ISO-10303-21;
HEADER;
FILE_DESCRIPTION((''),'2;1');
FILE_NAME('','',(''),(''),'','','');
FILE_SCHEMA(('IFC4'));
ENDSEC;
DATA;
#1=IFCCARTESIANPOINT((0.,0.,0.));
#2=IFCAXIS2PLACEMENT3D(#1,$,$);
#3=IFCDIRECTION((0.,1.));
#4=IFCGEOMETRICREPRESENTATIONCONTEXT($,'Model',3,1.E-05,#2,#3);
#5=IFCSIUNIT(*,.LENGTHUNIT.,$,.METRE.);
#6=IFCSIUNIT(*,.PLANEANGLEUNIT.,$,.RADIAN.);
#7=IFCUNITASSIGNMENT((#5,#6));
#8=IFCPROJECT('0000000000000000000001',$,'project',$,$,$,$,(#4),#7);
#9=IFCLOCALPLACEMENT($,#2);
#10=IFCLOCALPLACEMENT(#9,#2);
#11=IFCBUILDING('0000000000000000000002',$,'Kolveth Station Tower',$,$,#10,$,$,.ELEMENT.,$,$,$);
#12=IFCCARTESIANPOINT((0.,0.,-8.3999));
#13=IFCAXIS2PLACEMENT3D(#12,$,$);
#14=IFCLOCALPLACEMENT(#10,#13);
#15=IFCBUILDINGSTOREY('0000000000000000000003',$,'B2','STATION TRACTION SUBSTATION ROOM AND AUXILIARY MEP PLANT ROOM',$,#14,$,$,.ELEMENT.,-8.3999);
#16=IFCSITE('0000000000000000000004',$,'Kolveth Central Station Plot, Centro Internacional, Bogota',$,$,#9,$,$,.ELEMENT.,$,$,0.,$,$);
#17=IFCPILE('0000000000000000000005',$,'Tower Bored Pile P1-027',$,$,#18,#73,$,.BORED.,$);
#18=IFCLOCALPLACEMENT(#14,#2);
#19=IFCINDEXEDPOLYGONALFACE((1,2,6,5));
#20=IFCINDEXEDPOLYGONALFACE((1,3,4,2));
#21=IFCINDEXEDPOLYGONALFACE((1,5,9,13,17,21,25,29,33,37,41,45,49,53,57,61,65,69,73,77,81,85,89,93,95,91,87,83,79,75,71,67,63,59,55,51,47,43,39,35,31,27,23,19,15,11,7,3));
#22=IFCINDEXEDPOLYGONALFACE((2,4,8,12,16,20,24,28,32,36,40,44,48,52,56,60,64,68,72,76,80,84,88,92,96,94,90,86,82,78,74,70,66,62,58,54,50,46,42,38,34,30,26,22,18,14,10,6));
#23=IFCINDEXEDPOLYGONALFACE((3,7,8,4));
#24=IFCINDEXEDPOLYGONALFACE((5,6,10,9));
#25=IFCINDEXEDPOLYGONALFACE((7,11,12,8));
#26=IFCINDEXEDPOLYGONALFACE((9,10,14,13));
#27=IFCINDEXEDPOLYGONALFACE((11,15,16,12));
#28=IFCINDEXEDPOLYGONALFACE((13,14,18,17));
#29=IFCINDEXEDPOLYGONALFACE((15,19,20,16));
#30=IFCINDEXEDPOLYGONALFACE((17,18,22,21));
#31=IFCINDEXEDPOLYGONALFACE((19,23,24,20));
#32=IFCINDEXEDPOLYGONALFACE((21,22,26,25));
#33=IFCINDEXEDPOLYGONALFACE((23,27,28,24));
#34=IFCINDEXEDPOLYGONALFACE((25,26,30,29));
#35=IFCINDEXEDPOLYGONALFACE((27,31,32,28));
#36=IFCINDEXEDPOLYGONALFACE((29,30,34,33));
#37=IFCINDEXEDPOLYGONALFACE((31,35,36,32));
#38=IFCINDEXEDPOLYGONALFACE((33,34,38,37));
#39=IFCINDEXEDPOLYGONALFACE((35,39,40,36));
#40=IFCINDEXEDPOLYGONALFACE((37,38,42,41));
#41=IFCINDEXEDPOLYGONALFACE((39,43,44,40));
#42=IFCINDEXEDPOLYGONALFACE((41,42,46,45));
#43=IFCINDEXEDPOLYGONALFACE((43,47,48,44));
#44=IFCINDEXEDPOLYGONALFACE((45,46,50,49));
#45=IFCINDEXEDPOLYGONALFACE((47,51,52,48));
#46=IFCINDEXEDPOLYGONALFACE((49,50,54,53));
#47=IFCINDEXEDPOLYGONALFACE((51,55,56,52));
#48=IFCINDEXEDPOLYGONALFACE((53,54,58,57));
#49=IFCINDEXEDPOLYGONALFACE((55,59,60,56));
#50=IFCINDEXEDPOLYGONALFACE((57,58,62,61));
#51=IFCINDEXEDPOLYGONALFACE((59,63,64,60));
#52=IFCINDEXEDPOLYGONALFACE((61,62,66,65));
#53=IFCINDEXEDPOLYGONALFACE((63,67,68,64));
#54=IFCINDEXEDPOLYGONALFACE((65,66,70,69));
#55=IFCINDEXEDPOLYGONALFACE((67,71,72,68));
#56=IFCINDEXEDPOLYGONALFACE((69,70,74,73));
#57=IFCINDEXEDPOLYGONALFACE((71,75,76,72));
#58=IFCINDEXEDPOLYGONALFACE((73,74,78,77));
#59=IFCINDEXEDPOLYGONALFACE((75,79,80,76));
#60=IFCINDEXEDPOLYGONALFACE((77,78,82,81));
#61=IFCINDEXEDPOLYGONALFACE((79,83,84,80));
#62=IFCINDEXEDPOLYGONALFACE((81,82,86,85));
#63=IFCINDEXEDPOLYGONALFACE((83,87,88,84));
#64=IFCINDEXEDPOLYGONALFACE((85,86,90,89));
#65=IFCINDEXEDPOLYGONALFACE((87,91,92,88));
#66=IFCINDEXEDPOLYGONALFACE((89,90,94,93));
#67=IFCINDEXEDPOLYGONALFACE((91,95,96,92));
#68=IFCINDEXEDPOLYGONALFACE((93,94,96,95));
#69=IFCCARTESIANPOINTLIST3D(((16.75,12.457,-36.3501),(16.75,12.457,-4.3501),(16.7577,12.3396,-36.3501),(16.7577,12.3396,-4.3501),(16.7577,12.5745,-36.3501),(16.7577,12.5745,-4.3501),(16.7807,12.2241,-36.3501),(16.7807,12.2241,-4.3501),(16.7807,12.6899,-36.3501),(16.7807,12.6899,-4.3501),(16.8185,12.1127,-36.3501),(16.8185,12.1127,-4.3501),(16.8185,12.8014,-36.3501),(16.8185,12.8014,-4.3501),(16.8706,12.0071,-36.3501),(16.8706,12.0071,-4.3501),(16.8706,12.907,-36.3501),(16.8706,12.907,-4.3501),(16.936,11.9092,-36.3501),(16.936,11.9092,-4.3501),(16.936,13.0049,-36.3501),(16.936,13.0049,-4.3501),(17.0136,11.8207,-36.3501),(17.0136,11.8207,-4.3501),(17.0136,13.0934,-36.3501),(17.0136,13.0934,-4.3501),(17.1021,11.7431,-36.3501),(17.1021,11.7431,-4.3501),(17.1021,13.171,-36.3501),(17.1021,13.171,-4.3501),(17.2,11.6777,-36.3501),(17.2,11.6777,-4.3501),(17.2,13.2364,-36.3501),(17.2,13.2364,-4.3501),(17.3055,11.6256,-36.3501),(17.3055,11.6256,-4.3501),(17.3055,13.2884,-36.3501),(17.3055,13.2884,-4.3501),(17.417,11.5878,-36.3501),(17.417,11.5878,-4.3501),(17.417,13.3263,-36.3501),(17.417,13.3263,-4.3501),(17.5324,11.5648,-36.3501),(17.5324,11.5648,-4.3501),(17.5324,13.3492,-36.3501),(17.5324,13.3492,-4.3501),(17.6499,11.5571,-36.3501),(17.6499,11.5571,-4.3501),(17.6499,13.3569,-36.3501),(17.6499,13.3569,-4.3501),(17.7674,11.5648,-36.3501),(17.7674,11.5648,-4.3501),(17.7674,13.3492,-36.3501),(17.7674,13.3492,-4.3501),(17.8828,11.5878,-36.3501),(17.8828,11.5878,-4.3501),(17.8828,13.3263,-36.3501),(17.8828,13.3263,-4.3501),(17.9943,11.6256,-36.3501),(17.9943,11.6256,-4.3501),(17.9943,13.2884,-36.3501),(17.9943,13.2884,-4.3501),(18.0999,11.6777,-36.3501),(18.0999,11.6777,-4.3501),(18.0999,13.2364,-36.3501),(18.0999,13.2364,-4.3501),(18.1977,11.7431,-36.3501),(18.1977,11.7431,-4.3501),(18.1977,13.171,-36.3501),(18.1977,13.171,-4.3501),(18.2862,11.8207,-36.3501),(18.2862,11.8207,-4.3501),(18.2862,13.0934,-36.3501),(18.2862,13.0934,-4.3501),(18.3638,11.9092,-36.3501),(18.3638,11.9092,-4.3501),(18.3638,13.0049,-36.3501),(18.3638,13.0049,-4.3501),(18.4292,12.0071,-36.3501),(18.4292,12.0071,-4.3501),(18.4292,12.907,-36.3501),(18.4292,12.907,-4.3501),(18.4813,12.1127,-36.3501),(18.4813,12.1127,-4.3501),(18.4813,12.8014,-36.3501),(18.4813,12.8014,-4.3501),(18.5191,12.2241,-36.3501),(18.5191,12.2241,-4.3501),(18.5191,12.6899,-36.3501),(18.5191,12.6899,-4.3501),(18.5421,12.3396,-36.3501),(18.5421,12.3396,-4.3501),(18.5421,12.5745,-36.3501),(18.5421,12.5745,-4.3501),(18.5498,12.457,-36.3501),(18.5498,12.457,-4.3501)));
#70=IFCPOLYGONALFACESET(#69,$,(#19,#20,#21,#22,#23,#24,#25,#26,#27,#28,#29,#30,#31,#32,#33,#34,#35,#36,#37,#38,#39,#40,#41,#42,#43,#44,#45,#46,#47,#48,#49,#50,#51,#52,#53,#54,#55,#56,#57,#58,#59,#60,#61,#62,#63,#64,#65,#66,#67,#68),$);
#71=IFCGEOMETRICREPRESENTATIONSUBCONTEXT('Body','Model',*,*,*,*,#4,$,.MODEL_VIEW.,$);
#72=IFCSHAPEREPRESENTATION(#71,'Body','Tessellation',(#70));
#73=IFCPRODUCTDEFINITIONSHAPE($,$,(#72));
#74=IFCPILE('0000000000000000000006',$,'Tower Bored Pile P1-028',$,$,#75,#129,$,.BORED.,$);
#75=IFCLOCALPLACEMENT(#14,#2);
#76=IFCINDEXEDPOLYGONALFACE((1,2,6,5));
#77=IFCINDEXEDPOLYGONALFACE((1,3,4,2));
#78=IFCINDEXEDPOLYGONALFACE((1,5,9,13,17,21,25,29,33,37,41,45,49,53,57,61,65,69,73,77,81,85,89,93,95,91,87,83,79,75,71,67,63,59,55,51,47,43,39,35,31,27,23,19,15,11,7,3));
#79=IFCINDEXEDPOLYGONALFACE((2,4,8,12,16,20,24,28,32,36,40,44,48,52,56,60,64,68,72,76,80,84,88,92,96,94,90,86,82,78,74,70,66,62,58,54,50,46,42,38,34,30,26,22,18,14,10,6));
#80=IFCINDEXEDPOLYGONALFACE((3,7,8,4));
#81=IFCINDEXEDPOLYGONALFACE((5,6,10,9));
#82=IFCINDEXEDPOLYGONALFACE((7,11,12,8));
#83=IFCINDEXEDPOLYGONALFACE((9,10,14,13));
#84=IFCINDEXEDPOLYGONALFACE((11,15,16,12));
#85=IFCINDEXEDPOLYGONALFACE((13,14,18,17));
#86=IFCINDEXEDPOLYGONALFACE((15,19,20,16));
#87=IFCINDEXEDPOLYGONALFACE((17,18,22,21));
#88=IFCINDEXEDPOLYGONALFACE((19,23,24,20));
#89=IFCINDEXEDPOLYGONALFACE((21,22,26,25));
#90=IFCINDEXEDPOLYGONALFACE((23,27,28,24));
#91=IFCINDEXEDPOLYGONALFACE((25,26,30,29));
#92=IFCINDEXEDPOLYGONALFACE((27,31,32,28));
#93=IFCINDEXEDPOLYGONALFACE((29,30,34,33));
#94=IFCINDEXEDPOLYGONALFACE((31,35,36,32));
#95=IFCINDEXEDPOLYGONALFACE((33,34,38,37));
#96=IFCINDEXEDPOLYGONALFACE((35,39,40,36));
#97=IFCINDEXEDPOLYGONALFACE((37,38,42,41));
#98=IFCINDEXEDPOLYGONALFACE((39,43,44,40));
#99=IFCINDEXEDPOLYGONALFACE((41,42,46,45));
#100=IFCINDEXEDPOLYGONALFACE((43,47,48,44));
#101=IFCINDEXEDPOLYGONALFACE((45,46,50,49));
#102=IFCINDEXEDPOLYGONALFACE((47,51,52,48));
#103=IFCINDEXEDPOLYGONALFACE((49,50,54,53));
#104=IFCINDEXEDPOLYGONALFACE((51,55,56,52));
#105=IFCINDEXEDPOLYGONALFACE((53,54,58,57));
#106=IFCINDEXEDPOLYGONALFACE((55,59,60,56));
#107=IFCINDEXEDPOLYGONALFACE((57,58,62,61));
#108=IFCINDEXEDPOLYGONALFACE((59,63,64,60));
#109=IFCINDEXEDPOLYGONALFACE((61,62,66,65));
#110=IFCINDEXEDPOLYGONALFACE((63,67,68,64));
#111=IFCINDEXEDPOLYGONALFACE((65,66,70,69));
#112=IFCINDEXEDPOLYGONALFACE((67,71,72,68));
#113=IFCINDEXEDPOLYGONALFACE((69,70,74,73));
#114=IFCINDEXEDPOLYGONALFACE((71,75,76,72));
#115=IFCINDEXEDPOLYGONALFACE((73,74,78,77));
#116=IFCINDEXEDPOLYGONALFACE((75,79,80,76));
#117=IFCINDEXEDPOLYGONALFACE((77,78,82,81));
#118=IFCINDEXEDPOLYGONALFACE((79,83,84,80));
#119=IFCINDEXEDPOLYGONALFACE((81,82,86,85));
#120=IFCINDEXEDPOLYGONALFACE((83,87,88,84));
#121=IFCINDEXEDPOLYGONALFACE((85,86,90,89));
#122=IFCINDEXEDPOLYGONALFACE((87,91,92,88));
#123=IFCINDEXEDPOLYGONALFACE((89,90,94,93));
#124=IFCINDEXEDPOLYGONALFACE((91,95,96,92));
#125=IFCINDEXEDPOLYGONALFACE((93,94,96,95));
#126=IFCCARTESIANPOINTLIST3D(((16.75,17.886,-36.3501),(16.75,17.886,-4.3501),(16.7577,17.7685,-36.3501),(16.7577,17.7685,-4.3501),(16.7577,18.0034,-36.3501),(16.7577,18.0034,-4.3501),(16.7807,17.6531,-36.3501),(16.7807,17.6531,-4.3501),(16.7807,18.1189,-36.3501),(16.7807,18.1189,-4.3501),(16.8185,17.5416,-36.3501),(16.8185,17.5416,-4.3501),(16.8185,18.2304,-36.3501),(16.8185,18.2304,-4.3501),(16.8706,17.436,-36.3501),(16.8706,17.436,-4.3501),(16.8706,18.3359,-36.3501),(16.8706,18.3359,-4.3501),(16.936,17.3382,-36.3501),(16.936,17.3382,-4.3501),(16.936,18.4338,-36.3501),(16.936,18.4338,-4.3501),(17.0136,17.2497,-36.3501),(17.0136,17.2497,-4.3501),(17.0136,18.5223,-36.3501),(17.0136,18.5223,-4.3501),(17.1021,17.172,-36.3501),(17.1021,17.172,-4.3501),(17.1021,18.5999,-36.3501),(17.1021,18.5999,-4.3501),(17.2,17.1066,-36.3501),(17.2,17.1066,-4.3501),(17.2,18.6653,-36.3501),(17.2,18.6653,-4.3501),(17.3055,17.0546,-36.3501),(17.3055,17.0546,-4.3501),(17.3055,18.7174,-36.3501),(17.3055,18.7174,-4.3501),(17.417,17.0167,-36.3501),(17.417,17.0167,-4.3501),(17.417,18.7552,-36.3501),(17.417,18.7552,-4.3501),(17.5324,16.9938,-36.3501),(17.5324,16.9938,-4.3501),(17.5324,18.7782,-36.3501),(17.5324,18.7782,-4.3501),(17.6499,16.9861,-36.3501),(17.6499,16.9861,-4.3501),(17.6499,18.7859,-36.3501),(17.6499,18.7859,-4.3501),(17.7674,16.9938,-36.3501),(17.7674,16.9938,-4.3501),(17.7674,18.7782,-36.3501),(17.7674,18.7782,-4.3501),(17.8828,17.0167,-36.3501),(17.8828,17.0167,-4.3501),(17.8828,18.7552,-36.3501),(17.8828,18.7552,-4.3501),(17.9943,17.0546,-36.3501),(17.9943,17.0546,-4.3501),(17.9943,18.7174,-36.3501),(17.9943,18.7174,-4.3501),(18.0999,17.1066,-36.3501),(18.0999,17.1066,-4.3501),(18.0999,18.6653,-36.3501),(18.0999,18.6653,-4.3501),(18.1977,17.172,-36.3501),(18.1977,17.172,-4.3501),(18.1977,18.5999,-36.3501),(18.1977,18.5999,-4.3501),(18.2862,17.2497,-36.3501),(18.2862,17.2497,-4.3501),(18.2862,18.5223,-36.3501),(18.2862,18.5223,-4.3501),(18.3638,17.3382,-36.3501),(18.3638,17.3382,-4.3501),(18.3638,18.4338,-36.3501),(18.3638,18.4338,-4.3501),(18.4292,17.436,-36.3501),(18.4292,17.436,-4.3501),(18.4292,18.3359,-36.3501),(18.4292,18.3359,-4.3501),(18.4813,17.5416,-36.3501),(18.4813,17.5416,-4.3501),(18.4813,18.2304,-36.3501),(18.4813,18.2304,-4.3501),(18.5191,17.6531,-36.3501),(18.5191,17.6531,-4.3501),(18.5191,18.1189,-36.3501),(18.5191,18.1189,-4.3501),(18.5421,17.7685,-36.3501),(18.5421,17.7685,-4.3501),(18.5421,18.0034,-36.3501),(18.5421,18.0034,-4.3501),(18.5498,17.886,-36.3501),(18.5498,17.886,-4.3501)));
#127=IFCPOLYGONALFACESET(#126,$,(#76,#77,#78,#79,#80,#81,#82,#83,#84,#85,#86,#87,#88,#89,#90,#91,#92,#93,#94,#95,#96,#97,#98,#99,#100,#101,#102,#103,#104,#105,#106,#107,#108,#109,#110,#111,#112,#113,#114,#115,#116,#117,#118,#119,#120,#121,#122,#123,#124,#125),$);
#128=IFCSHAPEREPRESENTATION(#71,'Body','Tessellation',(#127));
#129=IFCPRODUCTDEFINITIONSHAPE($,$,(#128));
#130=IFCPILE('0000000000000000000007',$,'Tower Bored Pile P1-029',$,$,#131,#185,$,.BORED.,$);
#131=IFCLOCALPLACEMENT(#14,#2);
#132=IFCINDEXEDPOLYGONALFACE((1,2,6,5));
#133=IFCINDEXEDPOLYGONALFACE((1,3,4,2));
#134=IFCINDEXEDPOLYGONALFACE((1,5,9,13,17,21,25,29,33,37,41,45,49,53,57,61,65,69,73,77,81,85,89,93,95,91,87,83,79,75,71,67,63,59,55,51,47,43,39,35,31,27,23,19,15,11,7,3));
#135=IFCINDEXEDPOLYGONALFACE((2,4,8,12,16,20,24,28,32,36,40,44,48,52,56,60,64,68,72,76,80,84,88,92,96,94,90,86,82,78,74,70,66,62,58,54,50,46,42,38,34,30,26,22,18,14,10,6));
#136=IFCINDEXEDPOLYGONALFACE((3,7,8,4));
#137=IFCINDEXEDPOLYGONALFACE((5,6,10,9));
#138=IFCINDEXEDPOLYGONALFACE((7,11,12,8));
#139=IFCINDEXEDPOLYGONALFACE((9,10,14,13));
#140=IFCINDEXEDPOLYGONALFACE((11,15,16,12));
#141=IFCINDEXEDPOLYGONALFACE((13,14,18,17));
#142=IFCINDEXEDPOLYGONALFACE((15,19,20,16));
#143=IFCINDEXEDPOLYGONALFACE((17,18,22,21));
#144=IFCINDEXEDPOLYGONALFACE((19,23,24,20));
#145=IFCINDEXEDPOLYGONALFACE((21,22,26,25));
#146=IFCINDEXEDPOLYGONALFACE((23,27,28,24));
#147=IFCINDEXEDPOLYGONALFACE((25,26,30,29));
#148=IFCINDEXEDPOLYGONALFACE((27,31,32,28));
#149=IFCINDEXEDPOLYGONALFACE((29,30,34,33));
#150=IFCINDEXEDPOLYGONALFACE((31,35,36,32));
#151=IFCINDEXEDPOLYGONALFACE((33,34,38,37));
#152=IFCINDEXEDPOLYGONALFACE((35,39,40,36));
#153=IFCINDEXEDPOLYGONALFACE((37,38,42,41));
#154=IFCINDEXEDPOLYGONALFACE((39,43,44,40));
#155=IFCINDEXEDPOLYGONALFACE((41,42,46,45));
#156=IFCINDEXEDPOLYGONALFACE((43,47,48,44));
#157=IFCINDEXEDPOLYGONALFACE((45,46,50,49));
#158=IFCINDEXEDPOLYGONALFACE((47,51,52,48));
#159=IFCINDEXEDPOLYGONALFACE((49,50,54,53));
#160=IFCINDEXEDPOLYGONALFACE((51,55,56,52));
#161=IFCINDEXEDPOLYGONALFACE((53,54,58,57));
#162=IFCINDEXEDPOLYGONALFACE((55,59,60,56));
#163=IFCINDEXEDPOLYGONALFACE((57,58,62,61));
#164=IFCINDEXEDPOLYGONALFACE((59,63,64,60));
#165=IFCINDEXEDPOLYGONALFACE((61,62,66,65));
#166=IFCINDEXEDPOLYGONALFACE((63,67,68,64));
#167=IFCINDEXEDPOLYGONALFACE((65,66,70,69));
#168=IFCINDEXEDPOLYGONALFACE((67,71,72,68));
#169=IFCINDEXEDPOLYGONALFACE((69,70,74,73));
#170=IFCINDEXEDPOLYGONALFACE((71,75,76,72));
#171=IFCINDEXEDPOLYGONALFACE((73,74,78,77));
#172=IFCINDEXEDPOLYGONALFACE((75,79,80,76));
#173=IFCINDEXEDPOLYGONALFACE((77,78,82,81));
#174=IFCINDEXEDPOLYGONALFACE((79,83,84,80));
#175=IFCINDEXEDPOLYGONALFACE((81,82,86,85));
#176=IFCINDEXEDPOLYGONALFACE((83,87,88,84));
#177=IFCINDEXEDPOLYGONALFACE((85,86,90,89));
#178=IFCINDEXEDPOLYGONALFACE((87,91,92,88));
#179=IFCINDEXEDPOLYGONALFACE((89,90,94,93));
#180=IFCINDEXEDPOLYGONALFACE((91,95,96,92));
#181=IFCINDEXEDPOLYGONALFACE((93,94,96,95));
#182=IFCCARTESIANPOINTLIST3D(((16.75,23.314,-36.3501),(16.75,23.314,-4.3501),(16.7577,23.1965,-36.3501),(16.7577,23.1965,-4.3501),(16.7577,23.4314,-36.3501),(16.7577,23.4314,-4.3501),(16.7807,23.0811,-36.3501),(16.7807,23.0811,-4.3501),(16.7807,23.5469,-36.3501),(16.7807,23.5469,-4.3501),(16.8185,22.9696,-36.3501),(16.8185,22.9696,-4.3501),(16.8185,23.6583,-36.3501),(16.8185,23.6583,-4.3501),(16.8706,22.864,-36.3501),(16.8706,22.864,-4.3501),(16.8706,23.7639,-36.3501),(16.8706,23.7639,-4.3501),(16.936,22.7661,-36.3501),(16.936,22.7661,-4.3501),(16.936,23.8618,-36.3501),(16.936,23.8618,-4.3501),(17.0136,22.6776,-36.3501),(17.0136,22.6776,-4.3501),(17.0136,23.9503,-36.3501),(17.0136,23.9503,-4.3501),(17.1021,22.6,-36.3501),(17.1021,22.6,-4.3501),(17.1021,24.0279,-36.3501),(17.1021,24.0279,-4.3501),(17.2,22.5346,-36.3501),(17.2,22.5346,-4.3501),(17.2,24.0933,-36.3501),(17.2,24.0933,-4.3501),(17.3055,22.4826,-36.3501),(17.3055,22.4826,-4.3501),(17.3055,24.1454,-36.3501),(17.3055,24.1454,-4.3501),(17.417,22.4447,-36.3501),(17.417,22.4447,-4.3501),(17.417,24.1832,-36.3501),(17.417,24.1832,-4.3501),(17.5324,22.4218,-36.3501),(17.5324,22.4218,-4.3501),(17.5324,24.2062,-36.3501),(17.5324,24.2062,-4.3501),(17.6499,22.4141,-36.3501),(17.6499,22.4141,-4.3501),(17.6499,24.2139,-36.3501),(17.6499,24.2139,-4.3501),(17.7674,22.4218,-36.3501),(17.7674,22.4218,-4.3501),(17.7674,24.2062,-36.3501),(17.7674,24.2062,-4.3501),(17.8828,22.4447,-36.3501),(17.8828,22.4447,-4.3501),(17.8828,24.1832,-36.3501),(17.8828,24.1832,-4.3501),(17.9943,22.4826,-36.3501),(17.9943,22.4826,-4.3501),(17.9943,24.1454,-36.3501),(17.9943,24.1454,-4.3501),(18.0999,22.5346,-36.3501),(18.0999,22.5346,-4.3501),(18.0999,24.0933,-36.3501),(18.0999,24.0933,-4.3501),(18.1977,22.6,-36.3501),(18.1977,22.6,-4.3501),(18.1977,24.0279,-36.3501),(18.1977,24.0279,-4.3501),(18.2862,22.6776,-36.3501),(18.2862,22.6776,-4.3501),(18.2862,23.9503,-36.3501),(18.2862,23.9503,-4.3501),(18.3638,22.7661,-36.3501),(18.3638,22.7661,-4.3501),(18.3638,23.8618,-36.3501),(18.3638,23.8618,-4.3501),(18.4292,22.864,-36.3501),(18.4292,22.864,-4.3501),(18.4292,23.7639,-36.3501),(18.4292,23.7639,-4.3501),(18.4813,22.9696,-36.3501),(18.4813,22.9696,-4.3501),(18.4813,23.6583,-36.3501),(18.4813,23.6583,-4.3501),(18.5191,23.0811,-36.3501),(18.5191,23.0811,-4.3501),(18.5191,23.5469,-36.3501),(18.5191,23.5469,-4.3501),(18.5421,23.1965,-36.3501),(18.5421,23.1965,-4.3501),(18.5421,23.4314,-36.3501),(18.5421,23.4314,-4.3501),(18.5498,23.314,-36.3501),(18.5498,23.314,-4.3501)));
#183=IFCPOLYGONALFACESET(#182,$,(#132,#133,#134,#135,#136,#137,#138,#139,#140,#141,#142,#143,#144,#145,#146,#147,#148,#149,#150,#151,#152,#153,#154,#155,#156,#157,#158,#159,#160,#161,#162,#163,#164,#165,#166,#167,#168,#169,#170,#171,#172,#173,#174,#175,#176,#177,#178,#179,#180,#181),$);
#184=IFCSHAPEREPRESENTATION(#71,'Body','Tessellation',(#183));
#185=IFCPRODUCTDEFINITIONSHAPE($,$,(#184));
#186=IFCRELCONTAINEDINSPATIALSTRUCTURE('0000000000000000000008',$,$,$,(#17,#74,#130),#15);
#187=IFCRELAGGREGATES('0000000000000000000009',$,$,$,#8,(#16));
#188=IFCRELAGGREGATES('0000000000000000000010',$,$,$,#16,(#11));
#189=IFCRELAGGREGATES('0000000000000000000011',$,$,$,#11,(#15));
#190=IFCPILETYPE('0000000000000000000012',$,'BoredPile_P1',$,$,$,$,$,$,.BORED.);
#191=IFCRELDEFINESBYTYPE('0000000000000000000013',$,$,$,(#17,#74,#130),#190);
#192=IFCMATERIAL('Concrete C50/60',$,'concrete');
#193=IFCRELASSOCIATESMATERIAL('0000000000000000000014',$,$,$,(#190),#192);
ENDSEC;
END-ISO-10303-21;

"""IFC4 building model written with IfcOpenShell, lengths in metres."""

from ifc_helpers import new_model, si_unit, direction, frame, origin, origin_2d, place, context, subcontext, project, spatial, circle, extrude, source, transform, mapped, material, material_profile, profile_set, type_object, element, save


model = new_model("IFC4")

# Units and contexts
model_context = context("Model", 3, precision=1e-05, world=origin(), true_north=direction((0.0, 1.0)))
body_context = subcontext(model_context, "Body", "Model", "MODEL_VIEW")
ifc_project = project(units=[si_unit("LENGTHUNIT", "METRE"), si_unit("PLANEANGLEUNIT", "RADIAN")], contexts=[model_context])

# Site, building, storey
site_placement = place(None, origin())
site = spatial("IfcSite", under=ifc_project, at=site_placement, Name="Kolveth Central Station Plot, Centro Internacional, Bogota", CompositionType="ELEMENT", RefElevation=0.0)
building_placement = place(site_placement, origin())
building = spatial("IfcBuilding", under=site, at=building_placement, Name="Kolveth Station Tower", CompositionType="ELEMENT")
storey_placement = place(building_placement, frame((0.0, 0.0, -8.3999)))
storey = spatial("IfcBuildingStorey", under=building, at=storey_placement, Name="B2", Description="STATION TRACTION SUBSTATION ROOM AND AUXILIARY MEP PLANT ROOM", CompositionType="ELEMENT", Elevation=-8.3999)

# Piles
ifc_material_1 = material(Name="Concrete C50/60", Category="concrete")
ifc_material_profile_1 = material_profile(ifc_material_1, circle(Radius=0.8999, at=origin_2d()), Name="PILE-D1800")
ifc_profile_set_1 = profile_set([ifc_material_profile_1], Name="Concrete C50/60")
pile_type_1 = type_object("IfcPileType", Name="BoredPile_P1", PredefinedType="BORED", material=ifc_profile_set_1)
shared_shape_1 = source(origin(), body_context, "Body", "SweptSolid", [
    extrude(circle(Radius=0.8999, at=origin_2d()), origin(), (0.0, 0.0, 1.0), 32.0),
])
for number, where, z_axis, x_axis, name in (
    (1, (17.6499, 12.457, -4.3501), (0.0, 0.0, -1.0), (1.0, 0.0, 0.0), "Tower Bored Pile P1-027"),
    (2, (17.6499, 17.886, -4.3501), (0.0, 0.0, -1.0), (1.0, 0.0, 0.0), "Tower Bored Pile P1-028"),
    (3, (17.6499, 23.314, -4.3501), (0.0, 0.0, -1.0), (1.0, 0.0, 0.0), "Tower Bored Pile P1-029"),
):
    element("IfcPile", number, at=place(storey_placement, frame(where, z_axis=z_axis, x_axis=x_axis)), inside=storey, type_object=pile_type_1, Name=name, PredefinedType="BORED", context=body_context, shape_type="MappedRepresentation", body=[
        mapped(shared_shape_1, transform((0.0, 0.0, 0.0), x_axis=(1.0, 0.0, 0.0), y_axis=(0.0, 1.0, 0.0), z_axis=(0.0, 0.0, 1.0), scale=1.0)),
    ])

save(model, "model.ifc")
